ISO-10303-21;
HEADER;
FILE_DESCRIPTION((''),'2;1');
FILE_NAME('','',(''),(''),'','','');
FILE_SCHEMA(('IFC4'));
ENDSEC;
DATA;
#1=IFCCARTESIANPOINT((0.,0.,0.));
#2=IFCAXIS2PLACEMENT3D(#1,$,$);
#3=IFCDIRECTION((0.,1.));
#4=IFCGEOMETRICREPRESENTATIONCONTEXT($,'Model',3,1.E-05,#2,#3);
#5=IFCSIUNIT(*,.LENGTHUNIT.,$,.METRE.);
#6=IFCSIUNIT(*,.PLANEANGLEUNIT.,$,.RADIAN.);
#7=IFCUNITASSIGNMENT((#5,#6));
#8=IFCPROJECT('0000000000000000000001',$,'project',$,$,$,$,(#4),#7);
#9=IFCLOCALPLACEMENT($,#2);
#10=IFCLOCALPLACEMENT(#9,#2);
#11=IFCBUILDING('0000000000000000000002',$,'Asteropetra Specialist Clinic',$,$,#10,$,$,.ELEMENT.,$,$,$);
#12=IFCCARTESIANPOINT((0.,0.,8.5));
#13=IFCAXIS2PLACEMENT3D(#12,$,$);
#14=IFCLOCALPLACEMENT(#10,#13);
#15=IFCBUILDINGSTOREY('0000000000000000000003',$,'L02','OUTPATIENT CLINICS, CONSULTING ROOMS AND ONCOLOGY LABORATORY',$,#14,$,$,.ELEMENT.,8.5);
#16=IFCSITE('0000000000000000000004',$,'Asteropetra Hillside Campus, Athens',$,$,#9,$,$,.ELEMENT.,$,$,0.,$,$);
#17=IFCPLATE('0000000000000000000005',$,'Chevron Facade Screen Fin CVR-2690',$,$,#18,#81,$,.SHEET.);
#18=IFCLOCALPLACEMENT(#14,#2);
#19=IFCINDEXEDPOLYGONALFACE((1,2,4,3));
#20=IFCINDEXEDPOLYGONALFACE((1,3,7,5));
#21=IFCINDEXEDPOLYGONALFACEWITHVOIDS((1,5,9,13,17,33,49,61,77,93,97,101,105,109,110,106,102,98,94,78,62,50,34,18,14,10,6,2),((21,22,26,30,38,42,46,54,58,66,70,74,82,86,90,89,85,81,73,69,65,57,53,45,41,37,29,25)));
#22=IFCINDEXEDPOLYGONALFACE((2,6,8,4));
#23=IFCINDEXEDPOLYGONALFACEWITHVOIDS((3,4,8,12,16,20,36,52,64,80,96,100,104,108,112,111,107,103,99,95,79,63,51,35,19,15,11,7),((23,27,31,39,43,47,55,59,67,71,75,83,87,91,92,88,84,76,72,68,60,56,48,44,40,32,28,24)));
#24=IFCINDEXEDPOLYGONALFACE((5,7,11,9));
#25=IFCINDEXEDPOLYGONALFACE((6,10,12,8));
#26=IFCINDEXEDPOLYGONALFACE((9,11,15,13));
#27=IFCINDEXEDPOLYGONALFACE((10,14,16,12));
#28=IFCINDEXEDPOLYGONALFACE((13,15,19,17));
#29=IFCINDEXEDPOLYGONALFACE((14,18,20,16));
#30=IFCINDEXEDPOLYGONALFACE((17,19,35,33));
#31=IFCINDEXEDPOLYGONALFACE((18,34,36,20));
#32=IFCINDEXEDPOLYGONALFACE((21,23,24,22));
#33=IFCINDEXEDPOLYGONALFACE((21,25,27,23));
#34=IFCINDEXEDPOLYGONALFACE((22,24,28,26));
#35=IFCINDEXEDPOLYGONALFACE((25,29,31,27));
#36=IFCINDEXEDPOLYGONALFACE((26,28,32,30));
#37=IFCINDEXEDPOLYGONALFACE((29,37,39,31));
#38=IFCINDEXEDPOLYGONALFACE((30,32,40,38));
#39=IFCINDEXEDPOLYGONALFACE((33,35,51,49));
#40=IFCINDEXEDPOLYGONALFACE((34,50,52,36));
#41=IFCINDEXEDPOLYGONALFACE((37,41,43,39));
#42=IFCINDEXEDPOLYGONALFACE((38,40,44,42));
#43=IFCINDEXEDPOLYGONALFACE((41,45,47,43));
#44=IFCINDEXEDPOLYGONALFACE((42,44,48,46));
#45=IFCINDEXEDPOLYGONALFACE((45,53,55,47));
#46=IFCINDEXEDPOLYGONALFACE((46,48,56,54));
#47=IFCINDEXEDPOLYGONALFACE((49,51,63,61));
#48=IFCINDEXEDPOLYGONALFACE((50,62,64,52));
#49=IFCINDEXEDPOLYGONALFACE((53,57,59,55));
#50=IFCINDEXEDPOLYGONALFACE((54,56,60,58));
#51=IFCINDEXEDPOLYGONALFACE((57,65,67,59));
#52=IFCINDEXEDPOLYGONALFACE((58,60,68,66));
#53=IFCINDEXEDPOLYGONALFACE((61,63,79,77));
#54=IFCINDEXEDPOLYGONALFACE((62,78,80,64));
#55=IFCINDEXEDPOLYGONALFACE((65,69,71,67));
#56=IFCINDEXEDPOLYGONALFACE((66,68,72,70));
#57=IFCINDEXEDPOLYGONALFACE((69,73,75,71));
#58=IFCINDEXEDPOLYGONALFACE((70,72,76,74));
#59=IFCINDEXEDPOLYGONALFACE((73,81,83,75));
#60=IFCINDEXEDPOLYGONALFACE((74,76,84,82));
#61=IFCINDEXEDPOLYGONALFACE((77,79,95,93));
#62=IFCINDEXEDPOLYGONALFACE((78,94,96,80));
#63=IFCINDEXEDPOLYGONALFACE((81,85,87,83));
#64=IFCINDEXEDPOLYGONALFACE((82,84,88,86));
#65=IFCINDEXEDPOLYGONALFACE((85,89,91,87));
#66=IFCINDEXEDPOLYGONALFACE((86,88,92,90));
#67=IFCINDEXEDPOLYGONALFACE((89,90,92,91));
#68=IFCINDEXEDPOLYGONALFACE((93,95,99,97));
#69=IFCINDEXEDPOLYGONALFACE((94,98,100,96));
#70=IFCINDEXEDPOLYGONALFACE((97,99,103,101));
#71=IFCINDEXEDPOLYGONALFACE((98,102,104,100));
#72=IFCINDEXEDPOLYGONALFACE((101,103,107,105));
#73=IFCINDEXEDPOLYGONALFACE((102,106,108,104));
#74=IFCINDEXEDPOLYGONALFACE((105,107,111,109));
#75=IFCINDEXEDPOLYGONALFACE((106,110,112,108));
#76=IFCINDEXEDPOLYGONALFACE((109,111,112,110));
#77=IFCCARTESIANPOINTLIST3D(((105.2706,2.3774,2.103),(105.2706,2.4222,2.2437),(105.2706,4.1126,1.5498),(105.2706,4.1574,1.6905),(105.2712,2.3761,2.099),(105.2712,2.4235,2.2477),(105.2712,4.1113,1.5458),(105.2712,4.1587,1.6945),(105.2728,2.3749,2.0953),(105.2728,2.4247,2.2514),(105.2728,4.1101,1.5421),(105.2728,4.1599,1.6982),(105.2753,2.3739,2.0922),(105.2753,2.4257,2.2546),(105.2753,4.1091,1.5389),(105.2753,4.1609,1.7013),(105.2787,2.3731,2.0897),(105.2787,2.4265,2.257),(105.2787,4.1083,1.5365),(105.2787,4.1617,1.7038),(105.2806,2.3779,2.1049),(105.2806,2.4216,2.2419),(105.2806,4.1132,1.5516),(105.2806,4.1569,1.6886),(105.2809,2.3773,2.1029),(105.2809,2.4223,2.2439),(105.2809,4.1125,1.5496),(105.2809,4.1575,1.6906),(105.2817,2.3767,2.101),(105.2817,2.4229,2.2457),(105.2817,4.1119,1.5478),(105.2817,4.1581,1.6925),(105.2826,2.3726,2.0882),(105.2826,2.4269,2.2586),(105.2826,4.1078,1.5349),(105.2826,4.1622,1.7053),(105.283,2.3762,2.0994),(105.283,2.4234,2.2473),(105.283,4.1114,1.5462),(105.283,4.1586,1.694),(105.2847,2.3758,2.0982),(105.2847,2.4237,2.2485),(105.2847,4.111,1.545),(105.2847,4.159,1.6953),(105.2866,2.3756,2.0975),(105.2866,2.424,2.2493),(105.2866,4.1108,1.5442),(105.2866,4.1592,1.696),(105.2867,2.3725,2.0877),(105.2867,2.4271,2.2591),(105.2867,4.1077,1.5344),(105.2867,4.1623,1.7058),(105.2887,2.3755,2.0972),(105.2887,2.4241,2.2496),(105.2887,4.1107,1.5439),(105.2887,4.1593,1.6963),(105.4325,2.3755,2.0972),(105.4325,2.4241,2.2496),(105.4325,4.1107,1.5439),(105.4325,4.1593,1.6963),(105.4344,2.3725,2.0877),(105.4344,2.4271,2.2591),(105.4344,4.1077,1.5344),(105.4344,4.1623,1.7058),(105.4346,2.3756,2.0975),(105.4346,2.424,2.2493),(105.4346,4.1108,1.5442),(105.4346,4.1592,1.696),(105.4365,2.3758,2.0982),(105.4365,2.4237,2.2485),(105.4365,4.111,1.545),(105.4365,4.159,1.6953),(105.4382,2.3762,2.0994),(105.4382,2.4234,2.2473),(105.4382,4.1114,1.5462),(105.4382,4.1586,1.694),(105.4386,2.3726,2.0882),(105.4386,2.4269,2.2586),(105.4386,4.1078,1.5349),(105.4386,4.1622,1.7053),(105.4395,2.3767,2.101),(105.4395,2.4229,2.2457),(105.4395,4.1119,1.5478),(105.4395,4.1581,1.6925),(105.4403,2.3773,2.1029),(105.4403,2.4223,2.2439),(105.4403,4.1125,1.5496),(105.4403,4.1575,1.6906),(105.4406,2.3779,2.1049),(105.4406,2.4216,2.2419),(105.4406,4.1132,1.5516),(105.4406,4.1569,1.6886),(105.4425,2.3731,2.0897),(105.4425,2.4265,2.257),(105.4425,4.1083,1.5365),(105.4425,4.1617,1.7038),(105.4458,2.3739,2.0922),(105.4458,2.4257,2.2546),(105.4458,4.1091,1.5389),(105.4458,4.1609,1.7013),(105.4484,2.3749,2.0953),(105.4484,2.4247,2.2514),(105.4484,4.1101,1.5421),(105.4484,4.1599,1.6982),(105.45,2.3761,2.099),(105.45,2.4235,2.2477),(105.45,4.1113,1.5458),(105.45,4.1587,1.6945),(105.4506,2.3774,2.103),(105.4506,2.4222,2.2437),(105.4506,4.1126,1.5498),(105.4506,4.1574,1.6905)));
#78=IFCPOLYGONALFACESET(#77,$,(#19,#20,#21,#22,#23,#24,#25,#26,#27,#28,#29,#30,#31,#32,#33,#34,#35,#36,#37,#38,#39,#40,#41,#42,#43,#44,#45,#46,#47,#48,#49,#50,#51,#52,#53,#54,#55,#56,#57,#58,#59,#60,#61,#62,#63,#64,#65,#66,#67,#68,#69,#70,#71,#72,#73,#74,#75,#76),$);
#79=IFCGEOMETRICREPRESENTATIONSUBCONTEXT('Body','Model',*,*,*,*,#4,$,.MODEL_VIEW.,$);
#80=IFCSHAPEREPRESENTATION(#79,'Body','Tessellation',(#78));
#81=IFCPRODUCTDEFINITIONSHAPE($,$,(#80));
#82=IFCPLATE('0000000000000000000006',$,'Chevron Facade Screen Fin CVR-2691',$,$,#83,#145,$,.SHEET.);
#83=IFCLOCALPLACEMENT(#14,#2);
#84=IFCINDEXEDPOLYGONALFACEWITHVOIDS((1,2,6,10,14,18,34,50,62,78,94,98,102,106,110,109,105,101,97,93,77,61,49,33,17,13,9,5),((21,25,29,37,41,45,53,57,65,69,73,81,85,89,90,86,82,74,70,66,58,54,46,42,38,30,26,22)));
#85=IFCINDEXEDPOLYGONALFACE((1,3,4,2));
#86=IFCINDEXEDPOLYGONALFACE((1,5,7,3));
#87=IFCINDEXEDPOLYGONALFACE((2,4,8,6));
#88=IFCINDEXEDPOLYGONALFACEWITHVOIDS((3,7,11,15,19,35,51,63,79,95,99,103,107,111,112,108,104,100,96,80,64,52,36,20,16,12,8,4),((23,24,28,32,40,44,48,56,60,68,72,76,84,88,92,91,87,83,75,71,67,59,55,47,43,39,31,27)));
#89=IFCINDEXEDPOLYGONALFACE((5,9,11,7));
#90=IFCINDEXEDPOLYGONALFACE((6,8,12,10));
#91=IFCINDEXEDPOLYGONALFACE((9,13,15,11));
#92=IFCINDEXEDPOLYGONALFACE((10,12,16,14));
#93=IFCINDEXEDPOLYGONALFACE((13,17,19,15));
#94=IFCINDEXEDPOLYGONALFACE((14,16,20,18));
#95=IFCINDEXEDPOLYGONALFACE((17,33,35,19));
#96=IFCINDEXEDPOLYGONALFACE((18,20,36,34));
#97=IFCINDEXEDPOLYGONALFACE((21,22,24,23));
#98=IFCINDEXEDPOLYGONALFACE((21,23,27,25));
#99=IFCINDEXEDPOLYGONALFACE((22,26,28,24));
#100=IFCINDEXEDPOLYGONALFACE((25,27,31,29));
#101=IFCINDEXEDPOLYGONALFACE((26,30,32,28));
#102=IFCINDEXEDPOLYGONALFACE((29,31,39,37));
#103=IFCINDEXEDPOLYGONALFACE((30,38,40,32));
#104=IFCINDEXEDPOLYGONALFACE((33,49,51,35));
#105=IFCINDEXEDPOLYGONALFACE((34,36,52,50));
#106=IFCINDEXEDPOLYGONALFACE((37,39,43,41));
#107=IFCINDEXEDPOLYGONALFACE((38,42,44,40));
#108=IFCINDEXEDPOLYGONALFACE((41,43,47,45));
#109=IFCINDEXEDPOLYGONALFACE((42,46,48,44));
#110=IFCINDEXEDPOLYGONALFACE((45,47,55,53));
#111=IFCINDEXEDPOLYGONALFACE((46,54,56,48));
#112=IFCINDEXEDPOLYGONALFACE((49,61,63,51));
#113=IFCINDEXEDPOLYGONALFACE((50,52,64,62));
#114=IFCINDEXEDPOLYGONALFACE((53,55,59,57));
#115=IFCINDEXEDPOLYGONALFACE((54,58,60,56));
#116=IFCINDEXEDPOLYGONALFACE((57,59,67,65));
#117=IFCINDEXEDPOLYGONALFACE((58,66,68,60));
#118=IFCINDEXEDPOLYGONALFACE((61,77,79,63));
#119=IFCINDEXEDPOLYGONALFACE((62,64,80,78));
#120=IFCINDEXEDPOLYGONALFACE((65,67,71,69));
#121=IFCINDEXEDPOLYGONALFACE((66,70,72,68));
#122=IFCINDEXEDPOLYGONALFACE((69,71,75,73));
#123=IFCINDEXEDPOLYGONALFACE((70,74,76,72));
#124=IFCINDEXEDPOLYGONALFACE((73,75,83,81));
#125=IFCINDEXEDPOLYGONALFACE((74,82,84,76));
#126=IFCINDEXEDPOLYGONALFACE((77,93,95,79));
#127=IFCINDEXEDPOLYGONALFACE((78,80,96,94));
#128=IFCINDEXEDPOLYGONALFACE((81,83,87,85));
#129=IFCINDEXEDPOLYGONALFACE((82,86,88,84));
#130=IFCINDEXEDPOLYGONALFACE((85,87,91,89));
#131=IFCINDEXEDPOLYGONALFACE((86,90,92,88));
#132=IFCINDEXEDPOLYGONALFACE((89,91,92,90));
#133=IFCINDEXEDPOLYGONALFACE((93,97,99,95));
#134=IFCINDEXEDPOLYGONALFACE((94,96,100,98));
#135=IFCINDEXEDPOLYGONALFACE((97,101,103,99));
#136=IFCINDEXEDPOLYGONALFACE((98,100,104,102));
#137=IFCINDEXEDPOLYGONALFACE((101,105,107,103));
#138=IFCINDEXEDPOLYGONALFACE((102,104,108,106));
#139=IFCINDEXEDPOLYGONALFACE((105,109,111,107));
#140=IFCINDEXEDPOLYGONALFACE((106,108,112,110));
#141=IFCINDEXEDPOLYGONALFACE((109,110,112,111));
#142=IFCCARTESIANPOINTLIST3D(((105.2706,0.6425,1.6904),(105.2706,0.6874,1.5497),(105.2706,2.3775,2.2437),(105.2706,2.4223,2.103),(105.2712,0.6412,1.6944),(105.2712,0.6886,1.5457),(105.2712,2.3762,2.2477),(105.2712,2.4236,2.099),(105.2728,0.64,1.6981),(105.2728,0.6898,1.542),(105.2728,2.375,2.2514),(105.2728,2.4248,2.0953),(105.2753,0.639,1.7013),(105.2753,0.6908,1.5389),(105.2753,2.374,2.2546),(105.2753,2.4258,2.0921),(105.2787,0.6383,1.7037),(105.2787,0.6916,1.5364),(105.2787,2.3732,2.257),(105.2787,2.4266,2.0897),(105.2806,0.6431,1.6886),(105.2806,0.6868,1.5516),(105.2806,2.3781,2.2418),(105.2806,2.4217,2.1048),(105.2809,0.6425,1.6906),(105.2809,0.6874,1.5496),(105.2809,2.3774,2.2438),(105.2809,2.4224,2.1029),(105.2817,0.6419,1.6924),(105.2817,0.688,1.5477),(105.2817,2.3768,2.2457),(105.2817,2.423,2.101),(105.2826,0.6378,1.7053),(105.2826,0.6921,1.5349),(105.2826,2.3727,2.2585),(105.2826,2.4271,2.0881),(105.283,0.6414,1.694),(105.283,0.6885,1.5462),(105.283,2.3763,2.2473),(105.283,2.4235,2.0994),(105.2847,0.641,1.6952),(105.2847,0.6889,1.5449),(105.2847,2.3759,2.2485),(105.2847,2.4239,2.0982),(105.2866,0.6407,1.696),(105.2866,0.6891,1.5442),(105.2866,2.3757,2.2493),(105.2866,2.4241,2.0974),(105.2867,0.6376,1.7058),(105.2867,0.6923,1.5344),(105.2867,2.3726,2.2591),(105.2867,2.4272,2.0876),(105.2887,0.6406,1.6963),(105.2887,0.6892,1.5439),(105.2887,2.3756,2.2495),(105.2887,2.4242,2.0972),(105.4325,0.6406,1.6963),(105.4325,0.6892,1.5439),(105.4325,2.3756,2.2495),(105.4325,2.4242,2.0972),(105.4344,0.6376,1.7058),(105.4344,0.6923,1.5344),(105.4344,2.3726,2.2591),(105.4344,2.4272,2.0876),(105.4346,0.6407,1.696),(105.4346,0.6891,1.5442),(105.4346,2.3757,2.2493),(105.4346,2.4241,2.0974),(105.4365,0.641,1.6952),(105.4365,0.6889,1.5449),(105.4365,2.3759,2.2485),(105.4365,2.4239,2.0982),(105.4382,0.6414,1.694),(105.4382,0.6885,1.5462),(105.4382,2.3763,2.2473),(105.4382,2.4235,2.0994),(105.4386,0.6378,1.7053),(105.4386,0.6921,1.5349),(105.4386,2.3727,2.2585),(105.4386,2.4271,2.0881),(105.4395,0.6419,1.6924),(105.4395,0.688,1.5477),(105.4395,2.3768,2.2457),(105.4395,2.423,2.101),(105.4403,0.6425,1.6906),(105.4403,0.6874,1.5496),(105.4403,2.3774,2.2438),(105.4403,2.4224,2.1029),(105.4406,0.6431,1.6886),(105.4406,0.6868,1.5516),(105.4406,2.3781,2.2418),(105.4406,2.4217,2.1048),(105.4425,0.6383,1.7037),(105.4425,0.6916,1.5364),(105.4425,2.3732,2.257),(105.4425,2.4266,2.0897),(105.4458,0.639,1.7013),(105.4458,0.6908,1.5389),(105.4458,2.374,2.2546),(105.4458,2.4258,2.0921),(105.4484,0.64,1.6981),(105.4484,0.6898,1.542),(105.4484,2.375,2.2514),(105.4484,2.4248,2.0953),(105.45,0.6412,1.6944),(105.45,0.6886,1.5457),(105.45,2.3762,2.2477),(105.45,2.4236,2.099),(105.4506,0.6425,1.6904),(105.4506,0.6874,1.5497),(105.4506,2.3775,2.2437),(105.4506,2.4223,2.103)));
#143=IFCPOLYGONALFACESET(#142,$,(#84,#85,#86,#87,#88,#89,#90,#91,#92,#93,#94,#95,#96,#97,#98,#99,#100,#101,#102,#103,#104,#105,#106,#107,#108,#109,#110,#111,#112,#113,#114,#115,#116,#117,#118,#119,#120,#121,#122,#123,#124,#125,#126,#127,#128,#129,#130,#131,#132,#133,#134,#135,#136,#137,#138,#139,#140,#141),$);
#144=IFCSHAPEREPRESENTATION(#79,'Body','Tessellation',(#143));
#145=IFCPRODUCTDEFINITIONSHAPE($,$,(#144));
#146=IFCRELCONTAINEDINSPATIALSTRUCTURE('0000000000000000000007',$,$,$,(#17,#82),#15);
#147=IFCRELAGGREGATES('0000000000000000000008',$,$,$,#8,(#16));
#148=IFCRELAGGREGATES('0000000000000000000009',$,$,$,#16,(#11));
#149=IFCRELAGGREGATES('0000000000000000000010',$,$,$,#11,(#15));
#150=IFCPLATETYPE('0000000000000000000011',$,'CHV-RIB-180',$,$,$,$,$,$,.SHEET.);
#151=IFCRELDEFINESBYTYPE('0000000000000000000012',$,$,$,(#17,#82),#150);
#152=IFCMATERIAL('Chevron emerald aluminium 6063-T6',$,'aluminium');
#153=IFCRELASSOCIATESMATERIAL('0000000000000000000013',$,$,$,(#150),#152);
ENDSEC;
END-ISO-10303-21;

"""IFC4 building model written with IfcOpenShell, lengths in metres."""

from ifc_helpers import new_model, si_unit, direction, frame, origin, origin_2d, place, context, subcontext, project, spatial, hollow_rectangle, extrude, material, material_profile, profile_set, type_object, element, save


model = new_model("IFC4")

# Units and contexts
model_context = context("Model", 3, precision=1e-05, world=origin(), true_north=direction((0.0, 1.0)))
body_context = subcontext(model_context, "Body", "Model", "MODEL_VIEW")
ifc_project = project(units=[si_unit("LENGTHUNIT", "METRE"), si_unit("PLANEANGLEUNIT", "RADIAN")], contexts=[model_context])

# Site, building, storey
site_placement = place(None, origin())
site = spatial("IfcSite", under=ifc_project, at=site_placement, Name="Asteropetra Hillside Campus, Athens", CompositionType="ELEMENT", RefElevation=0.0)
building_placement = place(site_placement, origin())
building = spatial("IfcBuilding", under=site, at=building_placement, Name="Asteropetra Specialist Clinic", CompositionType="ELEMENT")
storey_placement = place(building_placement, frame((0.0, 0.0, 8.5)))
storey = spatial("IfcBuildingStorey", under=building, at=storey_placement, Name="L02", Description="OUTPATIENT CLINICS, CONSULTING ROOMS AND ONCOLOGY LABORATORY", CompositionType="ELEMENT", Elevation=8.5)

# Plates
ifc_material_1 = material(Name="Chevron emerald aluminium 6063-T6", Category="aluminium")
ifc_material_profile = material_profile(ifc_material_1, hollow_rectangle(XDim=0.1799, YDim=0.1799, WallThickness=0.01, InnerFilletRadius=0.0081, OuterFilletRadius=0.0161, at=origin_2d()), Name="SHS 180x180x10.0")
ifc_profile_set = profile_set([ifc_material_profile], Name="Chevron emerald aluminium 6063-T6")
plate_type = type_object("IfcPlateType", Name="CHV-RIB-180", PredefinedType="SHEET", material=ifc_profile_set)
plate_1_placement = place(storey_placement, frame((105.3606, 4.135, 1.6201), z_axis=(0.0, -0.952744, 0.303774), x_axis=(1.0, 0.0, 0.0)))
element("IfcPlate", 1, at=plate_1_placement, inside=storey, type_object=plate_type, Name="Chevron Facade Screen Fin CVR-2690", PredefinedType="SHEET", context=body_context, shape_type="SweptSolid", body=[
    extrude(hollow_rectangle(XDim=0.1799, YDim=0.1799, WallThickness=0.01, InnerFilletRadius=0.0081, OuterFilletRadius=0.0161, at=origin_2d()), origin(), (0.0, 0.0, 1.0), 1.8213),
])
plate_2_placement = place(storey_placement, frame((105.3606, 2.3999, 2.1733), z_axis=(0.0, -0.952732, -0.303812), x_axis=(1.0, 0.0, 0.0)))
element("IfcPlate", 2, at=plate_2_placement, inside=storey, type_object=plate_type, Name="Chevron Facade Screen Fin CVR-2691", PredefinedType="SHEET", context=body_context, shape_type="SweptSolid", body=[
    extrude(hollow_rectangle(XDim=0.1799, YDim=0.1799, WallThickness=0.01, InnerFilletRadius=0.0081, OuterFilletRadius=0.0161, at=origin_2d()), origin(), (0.0, 0.0, 1.0), 1.821),
])

save(model, "model.ifc")
